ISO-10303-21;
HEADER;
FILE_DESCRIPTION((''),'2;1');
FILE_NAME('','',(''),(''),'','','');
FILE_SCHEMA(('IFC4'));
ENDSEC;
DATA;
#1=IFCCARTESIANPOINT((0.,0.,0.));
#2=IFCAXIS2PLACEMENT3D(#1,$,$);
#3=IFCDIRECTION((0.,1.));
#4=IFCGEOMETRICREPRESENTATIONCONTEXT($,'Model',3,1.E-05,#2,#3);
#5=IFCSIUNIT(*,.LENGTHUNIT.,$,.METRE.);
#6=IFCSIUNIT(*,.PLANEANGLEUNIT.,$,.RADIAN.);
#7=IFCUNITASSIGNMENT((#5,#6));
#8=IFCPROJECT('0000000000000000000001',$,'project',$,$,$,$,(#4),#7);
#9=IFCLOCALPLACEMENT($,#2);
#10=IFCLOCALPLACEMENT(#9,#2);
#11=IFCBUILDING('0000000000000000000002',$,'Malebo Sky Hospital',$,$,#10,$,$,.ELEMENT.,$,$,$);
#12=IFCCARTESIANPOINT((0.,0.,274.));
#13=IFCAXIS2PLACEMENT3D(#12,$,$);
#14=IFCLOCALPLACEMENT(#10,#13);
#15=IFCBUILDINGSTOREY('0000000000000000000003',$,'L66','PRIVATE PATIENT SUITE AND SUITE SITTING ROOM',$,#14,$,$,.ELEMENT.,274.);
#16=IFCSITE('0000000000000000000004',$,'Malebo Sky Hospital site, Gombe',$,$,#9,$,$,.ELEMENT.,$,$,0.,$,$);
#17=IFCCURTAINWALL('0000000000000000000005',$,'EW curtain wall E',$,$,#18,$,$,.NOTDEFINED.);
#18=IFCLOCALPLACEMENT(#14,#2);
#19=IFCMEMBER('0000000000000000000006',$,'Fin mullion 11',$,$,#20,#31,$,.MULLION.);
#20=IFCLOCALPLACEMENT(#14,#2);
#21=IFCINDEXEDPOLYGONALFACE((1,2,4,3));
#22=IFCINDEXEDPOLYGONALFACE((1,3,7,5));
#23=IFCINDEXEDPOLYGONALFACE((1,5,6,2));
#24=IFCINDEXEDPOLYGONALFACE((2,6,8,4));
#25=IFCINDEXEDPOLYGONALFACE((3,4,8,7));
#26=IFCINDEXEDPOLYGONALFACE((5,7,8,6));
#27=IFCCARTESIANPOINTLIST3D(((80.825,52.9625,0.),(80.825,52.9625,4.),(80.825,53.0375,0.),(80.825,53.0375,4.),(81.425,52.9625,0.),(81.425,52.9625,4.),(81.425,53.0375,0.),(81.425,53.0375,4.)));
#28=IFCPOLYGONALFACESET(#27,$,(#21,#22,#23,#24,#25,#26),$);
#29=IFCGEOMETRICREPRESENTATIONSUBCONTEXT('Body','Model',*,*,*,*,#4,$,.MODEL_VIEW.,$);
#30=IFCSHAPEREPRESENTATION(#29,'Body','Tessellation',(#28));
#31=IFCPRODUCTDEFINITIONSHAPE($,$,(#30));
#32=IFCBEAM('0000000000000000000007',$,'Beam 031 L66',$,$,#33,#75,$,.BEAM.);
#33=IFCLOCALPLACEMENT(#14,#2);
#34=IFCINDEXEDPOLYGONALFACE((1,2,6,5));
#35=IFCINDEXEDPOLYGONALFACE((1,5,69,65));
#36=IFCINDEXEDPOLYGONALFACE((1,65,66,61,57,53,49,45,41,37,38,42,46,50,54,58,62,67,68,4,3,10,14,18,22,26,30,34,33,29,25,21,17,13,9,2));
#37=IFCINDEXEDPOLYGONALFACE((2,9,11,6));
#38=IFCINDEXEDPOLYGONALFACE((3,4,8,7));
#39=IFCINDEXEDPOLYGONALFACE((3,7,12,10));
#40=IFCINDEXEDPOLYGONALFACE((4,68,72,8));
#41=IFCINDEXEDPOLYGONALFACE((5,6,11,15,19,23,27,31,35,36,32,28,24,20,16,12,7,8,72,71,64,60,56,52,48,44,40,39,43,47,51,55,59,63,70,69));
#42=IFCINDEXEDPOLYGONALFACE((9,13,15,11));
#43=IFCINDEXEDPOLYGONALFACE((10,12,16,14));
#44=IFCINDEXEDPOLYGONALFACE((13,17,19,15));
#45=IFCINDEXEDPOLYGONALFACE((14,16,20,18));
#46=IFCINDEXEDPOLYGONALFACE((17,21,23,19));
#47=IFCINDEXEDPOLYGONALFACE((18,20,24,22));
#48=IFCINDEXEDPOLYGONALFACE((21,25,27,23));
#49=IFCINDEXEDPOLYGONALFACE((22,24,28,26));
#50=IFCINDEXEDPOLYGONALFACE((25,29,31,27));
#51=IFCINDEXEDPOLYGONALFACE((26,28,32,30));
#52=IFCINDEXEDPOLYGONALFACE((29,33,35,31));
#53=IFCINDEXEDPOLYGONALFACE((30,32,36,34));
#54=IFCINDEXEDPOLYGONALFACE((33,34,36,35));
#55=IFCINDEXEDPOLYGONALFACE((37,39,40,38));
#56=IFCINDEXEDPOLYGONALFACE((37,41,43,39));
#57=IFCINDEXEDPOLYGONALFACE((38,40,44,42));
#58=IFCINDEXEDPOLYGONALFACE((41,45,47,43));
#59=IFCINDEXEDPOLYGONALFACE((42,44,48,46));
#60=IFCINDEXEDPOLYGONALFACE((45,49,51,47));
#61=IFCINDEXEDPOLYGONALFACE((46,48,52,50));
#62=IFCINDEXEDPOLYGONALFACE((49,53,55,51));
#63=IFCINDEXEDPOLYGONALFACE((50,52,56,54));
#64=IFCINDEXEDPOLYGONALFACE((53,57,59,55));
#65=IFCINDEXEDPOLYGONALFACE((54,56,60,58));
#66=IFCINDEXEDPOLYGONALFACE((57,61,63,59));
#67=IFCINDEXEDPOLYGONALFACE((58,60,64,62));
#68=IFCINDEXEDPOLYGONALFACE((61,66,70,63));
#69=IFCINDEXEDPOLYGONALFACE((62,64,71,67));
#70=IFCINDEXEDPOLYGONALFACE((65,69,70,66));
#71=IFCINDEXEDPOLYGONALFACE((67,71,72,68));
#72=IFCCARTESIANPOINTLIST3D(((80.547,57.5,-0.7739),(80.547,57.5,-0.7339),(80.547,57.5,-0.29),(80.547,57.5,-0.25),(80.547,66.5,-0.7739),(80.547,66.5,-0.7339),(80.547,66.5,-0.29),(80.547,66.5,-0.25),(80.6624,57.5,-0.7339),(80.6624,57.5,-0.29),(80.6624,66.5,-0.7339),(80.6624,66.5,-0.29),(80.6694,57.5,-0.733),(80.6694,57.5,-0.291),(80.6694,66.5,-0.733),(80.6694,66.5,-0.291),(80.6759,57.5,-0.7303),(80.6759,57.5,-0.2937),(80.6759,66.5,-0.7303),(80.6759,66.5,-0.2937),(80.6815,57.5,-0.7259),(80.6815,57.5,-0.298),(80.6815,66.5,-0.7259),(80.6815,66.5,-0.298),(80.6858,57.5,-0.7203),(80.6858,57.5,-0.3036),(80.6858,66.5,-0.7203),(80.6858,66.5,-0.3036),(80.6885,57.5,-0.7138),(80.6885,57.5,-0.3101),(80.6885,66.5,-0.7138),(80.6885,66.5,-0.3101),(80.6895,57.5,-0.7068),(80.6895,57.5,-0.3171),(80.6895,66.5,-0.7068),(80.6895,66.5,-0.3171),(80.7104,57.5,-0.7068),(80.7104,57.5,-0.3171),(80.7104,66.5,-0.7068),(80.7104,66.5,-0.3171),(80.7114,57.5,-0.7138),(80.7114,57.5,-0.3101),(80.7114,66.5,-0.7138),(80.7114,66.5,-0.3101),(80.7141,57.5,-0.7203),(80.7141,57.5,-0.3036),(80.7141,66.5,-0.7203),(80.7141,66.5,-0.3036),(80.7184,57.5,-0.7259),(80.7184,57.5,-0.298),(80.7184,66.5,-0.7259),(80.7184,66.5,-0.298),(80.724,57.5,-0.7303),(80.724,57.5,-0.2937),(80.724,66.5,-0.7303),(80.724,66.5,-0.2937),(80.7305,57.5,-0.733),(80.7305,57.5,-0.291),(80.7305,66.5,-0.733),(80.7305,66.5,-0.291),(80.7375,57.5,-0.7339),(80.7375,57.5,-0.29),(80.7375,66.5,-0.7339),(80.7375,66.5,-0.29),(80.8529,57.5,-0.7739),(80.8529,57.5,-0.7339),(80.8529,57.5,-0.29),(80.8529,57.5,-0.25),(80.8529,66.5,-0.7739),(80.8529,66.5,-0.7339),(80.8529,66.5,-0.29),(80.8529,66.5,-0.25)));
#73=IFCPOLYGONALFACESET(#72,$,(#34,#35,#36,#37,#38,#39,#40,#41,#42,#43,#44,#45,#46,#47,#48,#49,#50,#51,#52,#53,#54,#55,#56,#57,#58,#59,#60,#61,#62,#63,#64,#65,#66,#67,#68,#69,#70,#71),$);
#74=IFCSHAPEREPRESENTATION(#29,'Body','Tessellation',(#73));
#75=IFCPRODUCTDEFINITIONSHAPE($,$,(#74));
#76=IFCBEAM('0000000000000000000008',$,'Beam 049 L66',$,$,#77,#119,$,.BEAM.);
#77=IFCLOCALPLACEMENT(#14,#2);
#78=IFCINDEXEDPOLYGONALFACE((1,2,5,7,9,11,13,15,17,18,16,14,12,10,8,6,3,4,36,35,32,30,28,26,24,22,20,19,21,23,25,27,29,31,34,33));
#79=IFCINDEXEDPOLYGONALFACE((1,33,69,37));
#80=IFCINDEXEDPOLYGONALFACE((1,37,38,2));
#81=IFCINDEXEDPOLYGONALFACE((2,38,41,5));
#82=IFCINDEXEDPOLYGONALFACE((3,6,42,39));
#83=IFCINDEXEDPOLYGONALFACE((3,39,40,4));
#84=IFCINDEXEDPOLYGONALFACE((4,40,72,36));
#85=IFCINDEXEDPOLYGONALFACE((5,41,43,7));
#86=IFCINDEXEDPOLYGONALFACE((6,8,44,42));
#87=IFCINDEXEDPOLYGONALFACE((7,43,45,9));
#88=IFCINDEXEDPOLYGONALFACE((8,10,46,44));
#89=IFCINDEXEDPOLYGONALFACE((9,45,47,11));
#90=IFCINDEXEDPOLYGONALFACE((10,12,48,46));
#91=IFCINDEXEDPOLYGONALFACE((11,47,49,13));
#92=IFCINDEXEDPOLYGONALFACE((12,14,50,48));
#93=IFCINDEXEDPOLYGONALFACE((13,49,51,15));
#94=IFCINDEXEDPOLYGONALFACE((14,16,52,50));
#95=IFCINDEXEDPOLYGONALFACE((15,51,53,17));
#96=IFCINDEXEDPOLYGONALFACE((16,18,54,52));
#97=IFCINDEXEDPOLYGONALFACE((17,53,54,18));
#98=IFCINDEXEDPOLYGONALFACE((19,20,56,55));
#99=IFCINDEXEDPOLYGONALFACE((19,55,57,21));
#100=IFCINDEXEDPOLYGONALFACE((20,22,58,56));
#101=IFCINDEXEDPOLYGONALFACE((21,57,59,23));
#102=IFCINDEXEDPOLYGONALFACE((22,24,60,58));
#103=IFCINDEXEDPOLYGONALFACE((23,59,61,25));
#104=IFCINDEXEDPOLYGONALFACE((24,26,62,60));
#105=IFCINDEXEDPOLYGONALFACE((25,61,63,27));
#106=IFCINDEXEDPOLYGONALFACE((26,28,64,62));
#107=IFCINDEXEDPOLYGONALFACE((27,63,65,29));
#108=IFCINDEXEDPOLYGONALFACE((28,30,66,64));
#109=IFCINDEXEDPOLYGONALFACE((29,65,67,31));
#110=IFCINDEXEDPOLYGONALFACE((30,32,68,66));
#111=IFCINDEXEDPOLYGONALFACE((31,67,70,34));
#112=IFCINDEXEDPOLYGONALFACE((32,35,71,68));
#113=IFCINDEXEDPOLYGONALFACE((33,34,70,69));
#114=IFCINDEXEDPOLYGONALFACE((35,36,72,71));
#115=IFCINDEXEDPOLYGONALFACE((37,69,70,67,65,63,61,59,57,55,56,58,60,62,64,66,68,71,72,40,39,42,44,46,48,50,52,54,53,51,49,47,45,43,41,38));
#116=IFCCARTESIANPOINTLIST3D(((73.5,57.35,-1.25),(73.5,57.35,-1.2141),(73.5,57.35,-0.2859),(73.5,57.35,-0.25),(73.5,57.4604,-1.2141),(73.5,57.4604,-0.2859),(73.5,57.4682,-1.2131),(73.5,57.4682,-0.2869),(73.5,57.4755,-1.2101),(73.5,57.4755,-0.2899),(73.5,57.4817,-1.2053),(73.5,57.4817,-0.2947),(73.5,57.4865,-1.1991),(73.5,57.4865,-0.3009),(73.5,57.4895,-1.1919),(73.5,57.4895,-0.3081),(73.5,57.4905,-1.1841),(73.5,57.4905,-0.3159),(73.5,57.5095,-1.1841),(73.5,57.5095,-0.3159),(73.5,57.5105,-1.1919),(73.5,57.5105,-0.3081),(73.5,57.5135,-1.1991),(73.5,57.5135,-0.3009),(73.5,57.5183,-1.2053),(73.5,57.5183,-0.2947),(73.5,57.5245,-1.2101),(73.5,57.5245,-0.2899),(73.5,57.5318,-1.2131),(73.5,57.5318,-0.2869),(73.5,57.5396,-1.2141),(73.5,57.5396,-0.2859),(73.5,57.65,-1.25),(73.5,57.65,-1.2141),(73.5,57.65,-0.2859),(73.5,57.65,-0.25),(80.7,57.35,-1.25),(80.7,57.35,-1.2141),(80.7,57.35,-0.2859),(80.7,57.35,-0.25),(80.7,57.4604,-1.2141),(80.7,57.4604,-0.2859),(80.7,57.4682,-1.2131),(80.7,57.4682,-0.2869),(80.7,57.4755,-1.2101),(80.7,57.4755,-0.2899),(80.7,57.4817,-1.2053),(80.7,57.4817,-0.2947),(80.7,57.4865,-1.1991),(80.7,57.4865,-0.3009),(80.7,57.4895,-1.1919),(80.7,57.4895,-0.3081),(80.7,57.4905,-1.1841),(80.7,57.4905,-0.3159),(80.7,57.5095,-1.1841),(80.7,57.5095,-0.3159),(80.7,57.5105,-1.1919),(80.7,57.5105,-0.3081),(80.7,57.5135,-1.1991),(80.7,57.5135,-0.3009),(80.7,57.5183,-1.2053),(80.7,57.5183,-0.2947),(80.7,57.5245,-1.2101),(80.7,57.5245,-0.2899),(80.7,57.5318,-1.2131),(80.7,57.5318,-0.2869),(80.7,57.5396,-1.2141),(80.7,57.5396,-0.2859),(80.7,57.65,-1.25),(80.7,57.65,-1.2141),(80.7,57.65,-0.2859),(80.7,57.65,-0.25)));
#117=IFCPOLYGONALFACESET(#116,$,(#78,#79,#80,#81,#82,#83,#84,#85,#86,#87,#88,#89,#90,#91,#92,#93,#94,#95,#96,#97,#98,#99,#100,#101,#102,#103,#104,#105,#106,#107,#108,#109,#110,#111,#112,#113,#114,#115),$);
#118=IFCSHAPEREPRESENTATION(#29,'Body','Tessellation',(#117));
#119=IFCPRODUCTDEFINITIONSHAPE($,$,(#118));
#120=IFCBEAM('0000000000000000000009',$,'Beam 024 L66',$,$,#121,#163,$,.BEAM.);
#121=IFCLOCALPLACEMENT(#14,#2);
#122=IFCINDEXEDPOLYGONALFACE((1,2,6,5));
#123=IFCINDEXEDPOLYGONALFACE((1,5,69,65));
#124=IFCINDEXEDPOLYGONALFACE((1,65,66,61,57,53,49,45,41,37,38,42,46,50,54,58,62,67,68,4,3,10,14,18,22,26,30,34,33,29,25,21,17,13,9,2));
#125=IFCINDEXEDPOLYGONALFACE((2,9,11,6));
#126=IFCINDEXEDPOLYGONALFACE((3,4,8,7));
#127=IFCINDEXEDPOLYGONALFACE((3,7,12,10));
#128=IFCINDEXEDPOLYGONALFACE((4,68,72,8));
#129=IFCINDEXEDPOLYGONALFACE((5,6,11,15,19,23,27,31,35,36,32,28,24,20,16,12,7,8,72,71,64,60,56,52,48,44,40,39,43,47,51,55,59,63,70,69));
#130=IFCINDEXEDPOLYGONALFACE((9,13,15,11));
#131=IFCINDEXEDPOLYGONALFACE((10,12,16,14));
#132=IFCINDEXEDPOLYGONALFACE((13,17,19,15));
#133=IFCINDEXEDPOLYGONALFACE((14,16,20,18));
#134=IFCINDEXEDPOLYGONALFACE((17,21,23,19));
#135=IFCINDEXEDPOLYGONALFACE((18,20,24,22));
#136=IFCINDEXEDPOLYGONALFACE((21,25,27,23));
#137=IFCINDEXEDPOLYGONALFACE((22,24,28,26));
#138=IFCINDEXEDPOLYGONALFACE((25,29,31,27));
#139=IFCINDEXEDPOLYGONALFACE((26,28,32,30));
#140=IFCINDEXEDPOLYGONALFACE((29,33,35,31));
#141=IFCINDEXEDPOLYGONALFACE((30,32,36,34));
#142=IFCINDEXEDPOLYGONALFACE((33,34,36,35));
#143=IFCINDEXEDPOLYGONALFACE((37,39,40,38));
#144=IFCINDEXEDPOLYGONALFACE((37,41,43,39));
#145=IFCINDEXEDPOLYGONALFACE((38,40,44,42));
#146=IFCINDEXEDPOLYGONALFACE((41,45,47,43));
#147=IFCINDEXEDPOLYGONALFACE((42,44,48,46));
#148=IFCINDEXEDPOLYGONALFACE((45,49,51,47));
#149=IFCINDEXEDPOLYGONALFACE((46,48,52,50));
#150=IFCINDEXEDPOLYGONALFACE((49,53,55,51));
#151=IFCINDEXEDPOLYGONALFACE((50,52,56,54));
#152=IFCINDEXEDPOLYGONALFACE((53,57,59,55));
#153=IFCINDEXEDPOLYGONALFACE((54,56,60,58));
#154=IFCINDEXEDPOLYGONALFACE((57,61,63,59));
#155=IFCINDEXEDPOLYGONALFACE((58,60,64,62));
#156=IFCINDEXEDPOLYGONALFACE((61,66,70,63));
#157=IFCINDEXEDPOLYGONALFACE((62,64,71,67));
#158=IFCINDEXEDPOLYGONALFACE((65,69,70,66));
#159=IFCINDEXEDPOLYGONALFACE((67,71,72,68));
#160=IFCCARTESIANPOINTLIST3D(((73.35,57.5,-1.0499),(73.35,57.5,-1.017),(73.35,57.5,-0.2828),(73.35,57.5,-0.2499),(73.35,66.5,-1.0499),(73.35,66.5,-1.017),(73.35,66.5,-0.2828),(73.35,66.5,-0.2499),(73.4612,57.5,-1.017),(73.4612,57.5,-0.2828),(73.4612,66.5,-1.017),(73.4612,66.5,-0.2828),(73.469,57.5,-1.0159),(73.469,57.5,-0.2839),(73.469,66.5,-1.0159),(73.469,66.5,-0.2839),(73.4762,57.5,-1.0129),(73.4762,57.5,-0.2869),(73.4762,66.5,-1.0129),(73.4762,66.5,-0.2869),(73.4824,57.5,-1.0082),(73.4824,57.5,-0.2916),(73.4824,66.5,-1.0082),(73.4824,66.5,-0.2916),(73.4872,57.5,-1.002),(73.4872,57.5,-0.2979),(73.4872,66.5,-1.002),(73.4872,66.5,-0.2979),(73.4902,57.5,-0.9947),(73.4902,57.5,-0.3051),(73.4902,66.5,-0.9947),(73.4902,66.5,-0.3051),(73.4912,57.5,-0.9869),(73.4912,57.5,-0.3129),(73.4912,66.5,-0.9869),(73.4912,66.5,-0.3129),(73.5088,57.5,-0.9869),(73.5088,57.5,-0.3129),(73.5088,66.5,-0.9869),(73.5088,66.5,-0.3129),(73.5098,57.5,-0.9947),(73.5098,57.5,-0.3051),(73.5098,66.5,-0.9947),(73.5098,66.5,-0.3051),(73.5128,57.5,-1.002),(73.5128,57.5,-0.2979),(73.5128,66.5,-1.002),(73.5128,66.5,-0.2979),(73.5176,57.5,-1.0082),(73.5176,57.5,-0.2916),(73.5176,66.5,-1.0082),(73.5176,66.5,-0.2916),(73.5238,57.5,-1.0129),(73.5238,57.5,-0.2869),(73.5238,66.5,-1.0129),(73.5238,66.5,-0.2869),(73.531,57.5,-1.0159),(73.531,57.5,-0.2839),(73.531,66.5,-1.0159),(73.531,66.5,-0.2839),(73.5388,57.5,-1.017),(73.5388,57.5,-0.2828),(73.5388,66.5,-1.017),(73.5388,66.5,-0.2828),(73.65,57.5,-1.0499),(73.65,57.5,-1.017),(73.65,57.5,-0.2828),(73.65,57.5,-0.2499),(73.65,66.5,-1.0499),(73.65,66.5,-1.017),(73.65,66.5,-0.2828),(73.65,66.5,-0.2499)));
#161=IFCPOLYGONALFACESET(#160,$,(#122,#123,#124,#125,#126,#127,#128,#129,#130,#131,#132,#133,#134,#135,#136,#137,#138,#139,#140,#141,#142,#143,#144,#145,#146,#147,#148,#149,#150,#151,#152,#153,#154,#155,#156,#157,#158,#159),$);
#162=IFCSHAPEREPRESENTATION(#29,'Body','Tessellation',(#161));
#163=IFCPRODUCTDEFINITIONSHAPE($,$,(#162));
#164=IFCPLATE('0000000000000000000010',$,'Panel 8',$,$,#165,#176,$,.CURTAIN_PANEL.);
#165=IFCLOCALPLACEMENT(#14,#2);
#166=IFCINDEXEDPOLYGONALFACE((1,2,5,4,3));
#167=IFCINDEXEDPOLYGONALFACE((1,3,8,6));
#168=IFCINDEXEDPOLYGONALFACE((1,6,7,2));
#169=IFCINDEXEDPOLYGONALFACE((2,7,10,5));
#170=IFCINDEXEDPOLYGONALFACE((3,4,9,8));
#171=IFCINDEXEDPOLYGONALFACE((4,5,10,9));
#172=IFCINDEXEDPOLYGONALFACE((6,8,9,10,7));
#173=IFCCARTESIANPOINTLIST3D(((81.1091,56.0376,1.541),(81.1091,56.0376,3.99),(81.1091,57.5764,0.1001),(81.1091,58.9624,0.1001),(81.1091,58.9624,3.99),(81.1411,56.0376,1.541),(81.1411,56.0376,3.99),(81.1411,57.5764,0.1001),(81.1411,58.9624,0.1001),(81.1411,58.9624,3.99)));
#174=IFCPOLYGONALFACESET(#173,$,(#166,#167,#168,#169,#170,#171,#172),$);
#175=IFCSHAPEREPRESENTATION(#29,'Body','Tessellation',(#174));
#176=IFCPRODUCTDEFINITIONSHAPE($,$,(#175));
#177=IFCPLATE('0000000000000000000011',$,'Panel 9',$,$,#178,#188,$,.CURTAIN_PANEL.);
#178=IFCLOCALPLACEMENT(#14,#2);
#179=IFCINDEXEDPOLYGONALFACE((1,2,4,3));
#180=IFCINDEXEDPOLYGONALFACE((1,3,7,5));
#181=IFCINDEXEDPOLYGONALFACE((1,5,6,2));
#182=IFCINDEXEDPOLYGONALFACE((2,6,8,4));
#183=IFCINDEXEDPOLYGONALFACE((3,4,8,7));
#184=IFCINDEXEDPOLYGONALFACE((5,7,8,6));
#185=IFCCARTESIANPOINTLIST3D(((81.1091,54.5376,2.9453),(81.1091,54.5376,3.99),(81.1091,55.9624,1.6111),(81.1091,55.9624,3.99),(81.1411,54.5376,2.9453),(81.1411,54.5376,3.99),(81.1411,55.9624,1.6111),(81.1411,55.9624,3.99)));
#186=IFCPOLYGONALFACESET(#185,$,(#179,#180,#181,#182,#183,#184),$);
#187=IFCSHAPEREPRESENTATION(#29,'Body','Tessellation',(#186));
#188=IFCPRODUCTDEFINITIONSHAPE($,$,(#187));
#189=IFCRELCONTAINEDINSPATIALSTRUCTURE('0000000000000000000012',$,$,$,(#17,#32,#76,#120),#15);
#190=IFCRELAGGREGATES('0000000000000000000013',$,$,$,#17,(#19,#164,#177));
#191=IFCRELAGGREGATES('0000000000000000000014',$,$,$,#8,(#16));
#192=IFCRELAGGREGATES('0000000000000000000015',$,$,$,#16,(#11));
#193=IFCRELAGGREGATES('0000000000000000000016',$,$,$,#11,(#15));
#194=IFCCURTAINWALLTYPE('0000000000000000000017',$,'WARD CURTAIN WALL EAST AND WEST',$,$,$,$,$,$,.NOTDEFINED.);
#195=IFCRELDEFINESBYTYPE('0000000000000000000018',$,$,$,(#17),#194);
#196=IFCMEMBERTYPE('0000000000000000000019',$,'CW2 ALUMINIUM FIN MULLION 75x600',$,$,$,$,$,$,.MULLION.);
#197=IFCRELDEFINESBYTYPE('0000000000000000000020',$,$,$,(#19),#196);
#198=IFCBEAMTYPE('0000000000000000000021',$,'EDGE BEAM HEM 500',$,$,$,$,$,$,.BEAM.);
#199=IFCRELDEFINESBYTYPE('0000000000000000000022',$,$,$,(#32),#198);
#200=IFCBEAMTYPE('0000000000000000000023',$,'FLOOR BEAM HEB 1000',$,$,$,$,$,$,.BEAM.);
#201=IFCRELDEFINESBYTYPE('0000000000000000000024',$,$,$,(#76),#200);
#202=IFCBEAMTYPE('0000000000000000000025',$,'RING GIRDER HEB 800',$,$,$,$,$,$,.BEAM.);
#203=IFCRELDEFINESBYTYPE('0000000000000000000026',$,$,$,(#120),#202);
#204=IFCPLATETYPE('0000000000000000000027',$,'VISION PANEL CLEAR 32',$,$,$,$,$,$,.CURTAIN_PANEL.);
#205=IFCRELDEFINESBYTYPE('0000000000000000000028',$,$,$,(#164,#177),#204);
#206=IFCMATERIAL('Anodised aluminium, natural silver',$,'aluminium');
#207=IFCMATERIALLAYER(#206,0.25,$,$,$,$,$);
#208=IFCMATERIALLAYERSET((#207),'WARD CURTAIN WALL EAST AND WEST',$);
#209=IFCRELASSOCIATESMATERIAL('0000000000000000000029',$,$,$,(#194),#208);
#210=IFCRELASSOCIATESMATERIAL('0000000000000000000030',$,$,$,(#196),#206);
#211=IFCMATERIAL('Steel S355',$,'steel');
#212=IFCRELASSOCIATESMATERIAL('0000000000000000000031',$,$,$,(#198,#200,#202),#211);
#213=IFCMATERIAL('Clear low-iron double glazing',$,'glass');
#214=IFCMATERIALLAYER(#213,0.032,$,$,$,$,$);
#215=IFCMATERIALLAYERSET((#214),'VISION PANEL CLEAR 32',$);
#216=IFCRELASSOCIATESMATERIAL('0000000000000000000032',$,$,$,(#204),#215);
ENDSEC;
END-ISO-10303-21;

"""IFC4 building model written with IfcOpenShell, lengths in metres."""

from ifc_helpers import new_model, si_unit, direction, frame, origin, origin_2d, place, context, subcontext, project, spatial, polyline, rectangle, i_section, outline, extrude, material, layer, layer_set, material_profile, profile_set, type_object, element, aggregate, save


model = new_model("IFC4")

# Units and contexts
model_context = context("Model", 3, precision=1e-05, world=origin(), true_north=direction((0.0, 1.0)))
body_context = subcontext(model_context, "Body", "Model", "MODEL_VIEW")
ifc_project = project(units=[si_unit("LENGTHUNIT", "METRE"), si_unit("PLANEANGLEUNIT", "RADIAN")], contexts=[model_context])

# Site, building, storey
site_placement = place(None, origin())
site = spatial("IfcSite", under=ifc_project, at=site_placement, Name="Malebo Sky Hospital site, Gombe", CompositionType="ELEMENT", RefElevation=0.0)
building_placement = place(site_placement, origin())
building = spatial("IfcBuilding", under=site, at=building_placement, Name="Malebo Sky Hospital", CompositionType="ELEMENT")
storey_placement = place(building_placement, frame((0.0, 0.0, 274.0)))
storey = spatial("IfcBuildingStorey", under=building, at=storey_placement, Name="L66", Description="PRIVATE PATIENT SUITE AND SUITE SITTING ROOM", CompositionType="ELEMENT", Elevation=274.0)

# Curtain wall
ifc_material_1 = material(Name="Anodised aluminium, natural silver", Category="aluminium")
ifc_layer_1 = layer(ifc_material_1, 0.25)
ifc_layer_set_1 = layer_set([ifc_layer_1], Name="WARD CURTAIN WALL EAST AND WEST")
curtain_wall_type = type_object("IfcCurtainWallType", Name="WARD CURTAIN WALL EAST AND WEST", PredefinedType="NOTDEFINED", material=ifc_layer_set_1)
curtain_wall_placement = place(storey_placement, origin())
curtain_wall = element("IfcCurtainWall", 1, at=curtain_wall_placement, inside=storey, type_object=curtain_wall_type, Name="EW curtain wall E", PredefinedType="NOTDEFINED")

# Member
ifc_material_2 = material(Name="Steel S355", Category="steel")
ifc_material_profile_1 = material_profile(ifc_material_1, rectangle(XDim=0.075, YDim=0.6001, at=origin_2d()), Name="CW2 ALUMINIUM FIN MULLION 75x600")
ifc_profile_set_1 = profile_set([ifc_material_profile_1], Name="Anodised aluminium, natural silver")
member_type_1 = type_object("IfcMemberType", Name="CW2 ALUMINIUM FIN MULLION 75x600", PredefinedType="MULLION", material=ifc_profile_set_1)
member_1_placement = place(storey_placement, frame((81.125, 53.0, 0.0), z_axis=(0.0, 0.0, 1.0), x_axis=(0.0, -1.0, 0.0)))
member_1 = element("IfcMember", 2, at=member_1_placement, type_object=member_type_1, Name="Fin mullion 11", PredefinedType="MULLION", context=body_context, shape_type="SweptSolid", body=[
    extrude(rectangle(XDim=0.075, YDim=0.6001, at=origin_2d()), origin(), (0.0, 0.0, 1.0), 4.0),
])

# Beams
ifc_material_profile_2 = material_profile(ifc_material_2, i_section(OverallWidth=0.3059, OverallDepth=0.5239, WebThickness=0.021, FlangeThickness=0.04, FilletRadius=0.0271, at=origin_2d()), Name="HEM 500")
ifc_profile_set_2 = profile_set([ifc_material_profile_2], Name="Steel S355")
beam_type_1 = type_object("IfcBeamType", Name="EDGE BEAM HEM 500", PredefinedType="BEAM", material=ifc_profile_set_2)
beam_1_placement = place(storey_placement, frame((80.7, 57.5, -0.512), z_axis=(0.0, 1.0, 0.0), x_axis=(-1.0, 0.0, 0.0)))
element("IfcBeam", 3, at=beam_1_placement, inside=storey, type_object=beam_type_1, Name="Beam 031 L66", PredefinedType="BEAM", context=body_context, shape_type="SweptSolid", body=[
    extrude(i_section(OverallWidth=0.3059, OverallDepth=0.5239, WebThickness=0.021, FlangeThickness=0.04, FilletRadius=0.0271, at=origin_2d()), origin(), (0.0, 0.0, 1.0), 9.0),
])
ifc_material_profile_3 = material_profile(ifc_material_2, i_section(OverallWidth=0.3, OverallDepth=1.0, WebThickness=0.019, FlangeThickness=0.0359, FilletRadius=0.03, at=origin_2d()), Name="HEB 1000")
ifc_profile_set_3 = profile_set([ifc_material_profile_3], Name="Steel S355")
beam_type_2 = type_object("IfcBeamType", Name="FLOOR BEAM HEB 1000", PredefinedType="BEAM", material=ifc_profile_set_3)
beam_2_placement = place(storey_placement, frame((73.5, 57.5, -0.75), z_axis=(1.0, 0.0, 0.0), x_axis=(0.0, 1.0, 0.0)))
element("IfcBeam", 4, at=beam_2_placement, inside=storey, type_object=beam_type_2, Name="Beam 049 L66", PredefinedType="BEAM", context=body_context, shape_type="SweptSolid", body=[
    extrude(i_section(OverallWidth=0.3, OverallDepth=1.0, WebThickness=0.019, FlangeThickness=0.0359, FilletRadius=0.03, at=origin_2d()), origin(), (0.0, 0.0, 1.0), 7.2),
])
ifc_material_profile_4 = material_profile(ifc_material_2, i_section(OverallWidth=0.3, OverallDepth=0.8, WebThickness=0.0176, FlangeThickness=0.033, FilletRadius=0.03, at=origin_2d()), Name="HEB 800")
ifc_profile_set_4 = profile_set([ifc_material_profile_4], Name="Steel S355")
beam_type_3 = type_object("IfcBeamType", Name="RING GIRDER HEB 800", PredefinedType="BEAM", material=ifc_profile_set_4)
beam_3_placement = place(storey_placement, frame((73.5, 57.5, -0.6499), z_axis=(0.0, 1.0, 0.0), x_axis=(-1.0, 0.0, 0.0)))
element("IfcBeam", 5, at=beam_3_placement, inside=storey, type_object=beam_type_3, Name="Beam 024 L66", PredefinedType="BEAM", context=body_context, shape_type="SweptSolid", body=[
    extrude(i_section(OverallWidth=0.3, OverallDepth=0.8, WebThickness=0.0176, FlangeThickness=0.033, FilletRadius=0.03, at=origin_2d()), origin(), (0.0, 0.0, 1.0), 9.0),
])

# Plates
ifc_material_3 = material(Name="Clear low-iron double glazing", Category="glass")
ifc_layer_2 = layer(ifc_material_3, 0.032)
ifc_layer_set_2 = layer_set([ifc_layer_2], Name="VISION PANEL CLEAR 32")
plate_type = type_object("IfcPlateType", Name="VISION PANEL CLEAR 32", PredefinedType="CURTAIN_PANEL", material=ifc_layer_set_2)
plate_1_placement = place(storey_placement, frame((81.125, 57.5, 0.1001), z_axis=(0.0, 0.0, 1.0), x_axis=(0.0, -1.0, 0.0)))
plate_1 = element("IfcPlate", 6, at=plate_1_placement, type_object=plate_type, Name="Panel 8", PredefinedType="CURTAIN_PANEL", context=body_context, shape_type="SweptSolid", body=[
    extrude(outline(polyline([(-1.4624, 0.0), (-0.0764, 0.0), (1.4624, 1.4409), (1.4624, 3.8899), (-1.4624, 3.8899), (-1.4624, 0.0)])), frame((0.0, 0.0161, 0.0), z_axis=(0.0, -1.0, 0.0), x_axis=(1.0, 0.0, 0.0)), (0.0, 0.0, 1.0), 0.032),
])
plate_2_placement = place(storey_placement, frame((81.125, 55.25, 1.6111), z_axis=(0.0, 0.0, 1.0), x_axis=(0.0, -1.0, 0.0)))
plate_2 = element("IfcPlate", 7, at=plate_2_placement, type_object=plate_type, Name="Panel 9", PredefinedType="CURTAIN_PANEL", context=body_context, shape_type="SweptSolid", body=[
    extrude(outline(polyline([(-0.7124, 0.0), (0.7124, 1.3342), (0.7124, 2.3789), (-0.7124, 2.3789), (-0.7124, 0.0)])), frame((0.0, 0.0161, 0.0), z_axis=(0.0, -1.0, 0.0), x_axis=(1.0, 0.0, 0.0)), (0.0, 0.0, 1.0), 0.032),
])
aggregate(curtain_wall, [member_1, plate_1, plate_2])

save(model, "model.ifc")
